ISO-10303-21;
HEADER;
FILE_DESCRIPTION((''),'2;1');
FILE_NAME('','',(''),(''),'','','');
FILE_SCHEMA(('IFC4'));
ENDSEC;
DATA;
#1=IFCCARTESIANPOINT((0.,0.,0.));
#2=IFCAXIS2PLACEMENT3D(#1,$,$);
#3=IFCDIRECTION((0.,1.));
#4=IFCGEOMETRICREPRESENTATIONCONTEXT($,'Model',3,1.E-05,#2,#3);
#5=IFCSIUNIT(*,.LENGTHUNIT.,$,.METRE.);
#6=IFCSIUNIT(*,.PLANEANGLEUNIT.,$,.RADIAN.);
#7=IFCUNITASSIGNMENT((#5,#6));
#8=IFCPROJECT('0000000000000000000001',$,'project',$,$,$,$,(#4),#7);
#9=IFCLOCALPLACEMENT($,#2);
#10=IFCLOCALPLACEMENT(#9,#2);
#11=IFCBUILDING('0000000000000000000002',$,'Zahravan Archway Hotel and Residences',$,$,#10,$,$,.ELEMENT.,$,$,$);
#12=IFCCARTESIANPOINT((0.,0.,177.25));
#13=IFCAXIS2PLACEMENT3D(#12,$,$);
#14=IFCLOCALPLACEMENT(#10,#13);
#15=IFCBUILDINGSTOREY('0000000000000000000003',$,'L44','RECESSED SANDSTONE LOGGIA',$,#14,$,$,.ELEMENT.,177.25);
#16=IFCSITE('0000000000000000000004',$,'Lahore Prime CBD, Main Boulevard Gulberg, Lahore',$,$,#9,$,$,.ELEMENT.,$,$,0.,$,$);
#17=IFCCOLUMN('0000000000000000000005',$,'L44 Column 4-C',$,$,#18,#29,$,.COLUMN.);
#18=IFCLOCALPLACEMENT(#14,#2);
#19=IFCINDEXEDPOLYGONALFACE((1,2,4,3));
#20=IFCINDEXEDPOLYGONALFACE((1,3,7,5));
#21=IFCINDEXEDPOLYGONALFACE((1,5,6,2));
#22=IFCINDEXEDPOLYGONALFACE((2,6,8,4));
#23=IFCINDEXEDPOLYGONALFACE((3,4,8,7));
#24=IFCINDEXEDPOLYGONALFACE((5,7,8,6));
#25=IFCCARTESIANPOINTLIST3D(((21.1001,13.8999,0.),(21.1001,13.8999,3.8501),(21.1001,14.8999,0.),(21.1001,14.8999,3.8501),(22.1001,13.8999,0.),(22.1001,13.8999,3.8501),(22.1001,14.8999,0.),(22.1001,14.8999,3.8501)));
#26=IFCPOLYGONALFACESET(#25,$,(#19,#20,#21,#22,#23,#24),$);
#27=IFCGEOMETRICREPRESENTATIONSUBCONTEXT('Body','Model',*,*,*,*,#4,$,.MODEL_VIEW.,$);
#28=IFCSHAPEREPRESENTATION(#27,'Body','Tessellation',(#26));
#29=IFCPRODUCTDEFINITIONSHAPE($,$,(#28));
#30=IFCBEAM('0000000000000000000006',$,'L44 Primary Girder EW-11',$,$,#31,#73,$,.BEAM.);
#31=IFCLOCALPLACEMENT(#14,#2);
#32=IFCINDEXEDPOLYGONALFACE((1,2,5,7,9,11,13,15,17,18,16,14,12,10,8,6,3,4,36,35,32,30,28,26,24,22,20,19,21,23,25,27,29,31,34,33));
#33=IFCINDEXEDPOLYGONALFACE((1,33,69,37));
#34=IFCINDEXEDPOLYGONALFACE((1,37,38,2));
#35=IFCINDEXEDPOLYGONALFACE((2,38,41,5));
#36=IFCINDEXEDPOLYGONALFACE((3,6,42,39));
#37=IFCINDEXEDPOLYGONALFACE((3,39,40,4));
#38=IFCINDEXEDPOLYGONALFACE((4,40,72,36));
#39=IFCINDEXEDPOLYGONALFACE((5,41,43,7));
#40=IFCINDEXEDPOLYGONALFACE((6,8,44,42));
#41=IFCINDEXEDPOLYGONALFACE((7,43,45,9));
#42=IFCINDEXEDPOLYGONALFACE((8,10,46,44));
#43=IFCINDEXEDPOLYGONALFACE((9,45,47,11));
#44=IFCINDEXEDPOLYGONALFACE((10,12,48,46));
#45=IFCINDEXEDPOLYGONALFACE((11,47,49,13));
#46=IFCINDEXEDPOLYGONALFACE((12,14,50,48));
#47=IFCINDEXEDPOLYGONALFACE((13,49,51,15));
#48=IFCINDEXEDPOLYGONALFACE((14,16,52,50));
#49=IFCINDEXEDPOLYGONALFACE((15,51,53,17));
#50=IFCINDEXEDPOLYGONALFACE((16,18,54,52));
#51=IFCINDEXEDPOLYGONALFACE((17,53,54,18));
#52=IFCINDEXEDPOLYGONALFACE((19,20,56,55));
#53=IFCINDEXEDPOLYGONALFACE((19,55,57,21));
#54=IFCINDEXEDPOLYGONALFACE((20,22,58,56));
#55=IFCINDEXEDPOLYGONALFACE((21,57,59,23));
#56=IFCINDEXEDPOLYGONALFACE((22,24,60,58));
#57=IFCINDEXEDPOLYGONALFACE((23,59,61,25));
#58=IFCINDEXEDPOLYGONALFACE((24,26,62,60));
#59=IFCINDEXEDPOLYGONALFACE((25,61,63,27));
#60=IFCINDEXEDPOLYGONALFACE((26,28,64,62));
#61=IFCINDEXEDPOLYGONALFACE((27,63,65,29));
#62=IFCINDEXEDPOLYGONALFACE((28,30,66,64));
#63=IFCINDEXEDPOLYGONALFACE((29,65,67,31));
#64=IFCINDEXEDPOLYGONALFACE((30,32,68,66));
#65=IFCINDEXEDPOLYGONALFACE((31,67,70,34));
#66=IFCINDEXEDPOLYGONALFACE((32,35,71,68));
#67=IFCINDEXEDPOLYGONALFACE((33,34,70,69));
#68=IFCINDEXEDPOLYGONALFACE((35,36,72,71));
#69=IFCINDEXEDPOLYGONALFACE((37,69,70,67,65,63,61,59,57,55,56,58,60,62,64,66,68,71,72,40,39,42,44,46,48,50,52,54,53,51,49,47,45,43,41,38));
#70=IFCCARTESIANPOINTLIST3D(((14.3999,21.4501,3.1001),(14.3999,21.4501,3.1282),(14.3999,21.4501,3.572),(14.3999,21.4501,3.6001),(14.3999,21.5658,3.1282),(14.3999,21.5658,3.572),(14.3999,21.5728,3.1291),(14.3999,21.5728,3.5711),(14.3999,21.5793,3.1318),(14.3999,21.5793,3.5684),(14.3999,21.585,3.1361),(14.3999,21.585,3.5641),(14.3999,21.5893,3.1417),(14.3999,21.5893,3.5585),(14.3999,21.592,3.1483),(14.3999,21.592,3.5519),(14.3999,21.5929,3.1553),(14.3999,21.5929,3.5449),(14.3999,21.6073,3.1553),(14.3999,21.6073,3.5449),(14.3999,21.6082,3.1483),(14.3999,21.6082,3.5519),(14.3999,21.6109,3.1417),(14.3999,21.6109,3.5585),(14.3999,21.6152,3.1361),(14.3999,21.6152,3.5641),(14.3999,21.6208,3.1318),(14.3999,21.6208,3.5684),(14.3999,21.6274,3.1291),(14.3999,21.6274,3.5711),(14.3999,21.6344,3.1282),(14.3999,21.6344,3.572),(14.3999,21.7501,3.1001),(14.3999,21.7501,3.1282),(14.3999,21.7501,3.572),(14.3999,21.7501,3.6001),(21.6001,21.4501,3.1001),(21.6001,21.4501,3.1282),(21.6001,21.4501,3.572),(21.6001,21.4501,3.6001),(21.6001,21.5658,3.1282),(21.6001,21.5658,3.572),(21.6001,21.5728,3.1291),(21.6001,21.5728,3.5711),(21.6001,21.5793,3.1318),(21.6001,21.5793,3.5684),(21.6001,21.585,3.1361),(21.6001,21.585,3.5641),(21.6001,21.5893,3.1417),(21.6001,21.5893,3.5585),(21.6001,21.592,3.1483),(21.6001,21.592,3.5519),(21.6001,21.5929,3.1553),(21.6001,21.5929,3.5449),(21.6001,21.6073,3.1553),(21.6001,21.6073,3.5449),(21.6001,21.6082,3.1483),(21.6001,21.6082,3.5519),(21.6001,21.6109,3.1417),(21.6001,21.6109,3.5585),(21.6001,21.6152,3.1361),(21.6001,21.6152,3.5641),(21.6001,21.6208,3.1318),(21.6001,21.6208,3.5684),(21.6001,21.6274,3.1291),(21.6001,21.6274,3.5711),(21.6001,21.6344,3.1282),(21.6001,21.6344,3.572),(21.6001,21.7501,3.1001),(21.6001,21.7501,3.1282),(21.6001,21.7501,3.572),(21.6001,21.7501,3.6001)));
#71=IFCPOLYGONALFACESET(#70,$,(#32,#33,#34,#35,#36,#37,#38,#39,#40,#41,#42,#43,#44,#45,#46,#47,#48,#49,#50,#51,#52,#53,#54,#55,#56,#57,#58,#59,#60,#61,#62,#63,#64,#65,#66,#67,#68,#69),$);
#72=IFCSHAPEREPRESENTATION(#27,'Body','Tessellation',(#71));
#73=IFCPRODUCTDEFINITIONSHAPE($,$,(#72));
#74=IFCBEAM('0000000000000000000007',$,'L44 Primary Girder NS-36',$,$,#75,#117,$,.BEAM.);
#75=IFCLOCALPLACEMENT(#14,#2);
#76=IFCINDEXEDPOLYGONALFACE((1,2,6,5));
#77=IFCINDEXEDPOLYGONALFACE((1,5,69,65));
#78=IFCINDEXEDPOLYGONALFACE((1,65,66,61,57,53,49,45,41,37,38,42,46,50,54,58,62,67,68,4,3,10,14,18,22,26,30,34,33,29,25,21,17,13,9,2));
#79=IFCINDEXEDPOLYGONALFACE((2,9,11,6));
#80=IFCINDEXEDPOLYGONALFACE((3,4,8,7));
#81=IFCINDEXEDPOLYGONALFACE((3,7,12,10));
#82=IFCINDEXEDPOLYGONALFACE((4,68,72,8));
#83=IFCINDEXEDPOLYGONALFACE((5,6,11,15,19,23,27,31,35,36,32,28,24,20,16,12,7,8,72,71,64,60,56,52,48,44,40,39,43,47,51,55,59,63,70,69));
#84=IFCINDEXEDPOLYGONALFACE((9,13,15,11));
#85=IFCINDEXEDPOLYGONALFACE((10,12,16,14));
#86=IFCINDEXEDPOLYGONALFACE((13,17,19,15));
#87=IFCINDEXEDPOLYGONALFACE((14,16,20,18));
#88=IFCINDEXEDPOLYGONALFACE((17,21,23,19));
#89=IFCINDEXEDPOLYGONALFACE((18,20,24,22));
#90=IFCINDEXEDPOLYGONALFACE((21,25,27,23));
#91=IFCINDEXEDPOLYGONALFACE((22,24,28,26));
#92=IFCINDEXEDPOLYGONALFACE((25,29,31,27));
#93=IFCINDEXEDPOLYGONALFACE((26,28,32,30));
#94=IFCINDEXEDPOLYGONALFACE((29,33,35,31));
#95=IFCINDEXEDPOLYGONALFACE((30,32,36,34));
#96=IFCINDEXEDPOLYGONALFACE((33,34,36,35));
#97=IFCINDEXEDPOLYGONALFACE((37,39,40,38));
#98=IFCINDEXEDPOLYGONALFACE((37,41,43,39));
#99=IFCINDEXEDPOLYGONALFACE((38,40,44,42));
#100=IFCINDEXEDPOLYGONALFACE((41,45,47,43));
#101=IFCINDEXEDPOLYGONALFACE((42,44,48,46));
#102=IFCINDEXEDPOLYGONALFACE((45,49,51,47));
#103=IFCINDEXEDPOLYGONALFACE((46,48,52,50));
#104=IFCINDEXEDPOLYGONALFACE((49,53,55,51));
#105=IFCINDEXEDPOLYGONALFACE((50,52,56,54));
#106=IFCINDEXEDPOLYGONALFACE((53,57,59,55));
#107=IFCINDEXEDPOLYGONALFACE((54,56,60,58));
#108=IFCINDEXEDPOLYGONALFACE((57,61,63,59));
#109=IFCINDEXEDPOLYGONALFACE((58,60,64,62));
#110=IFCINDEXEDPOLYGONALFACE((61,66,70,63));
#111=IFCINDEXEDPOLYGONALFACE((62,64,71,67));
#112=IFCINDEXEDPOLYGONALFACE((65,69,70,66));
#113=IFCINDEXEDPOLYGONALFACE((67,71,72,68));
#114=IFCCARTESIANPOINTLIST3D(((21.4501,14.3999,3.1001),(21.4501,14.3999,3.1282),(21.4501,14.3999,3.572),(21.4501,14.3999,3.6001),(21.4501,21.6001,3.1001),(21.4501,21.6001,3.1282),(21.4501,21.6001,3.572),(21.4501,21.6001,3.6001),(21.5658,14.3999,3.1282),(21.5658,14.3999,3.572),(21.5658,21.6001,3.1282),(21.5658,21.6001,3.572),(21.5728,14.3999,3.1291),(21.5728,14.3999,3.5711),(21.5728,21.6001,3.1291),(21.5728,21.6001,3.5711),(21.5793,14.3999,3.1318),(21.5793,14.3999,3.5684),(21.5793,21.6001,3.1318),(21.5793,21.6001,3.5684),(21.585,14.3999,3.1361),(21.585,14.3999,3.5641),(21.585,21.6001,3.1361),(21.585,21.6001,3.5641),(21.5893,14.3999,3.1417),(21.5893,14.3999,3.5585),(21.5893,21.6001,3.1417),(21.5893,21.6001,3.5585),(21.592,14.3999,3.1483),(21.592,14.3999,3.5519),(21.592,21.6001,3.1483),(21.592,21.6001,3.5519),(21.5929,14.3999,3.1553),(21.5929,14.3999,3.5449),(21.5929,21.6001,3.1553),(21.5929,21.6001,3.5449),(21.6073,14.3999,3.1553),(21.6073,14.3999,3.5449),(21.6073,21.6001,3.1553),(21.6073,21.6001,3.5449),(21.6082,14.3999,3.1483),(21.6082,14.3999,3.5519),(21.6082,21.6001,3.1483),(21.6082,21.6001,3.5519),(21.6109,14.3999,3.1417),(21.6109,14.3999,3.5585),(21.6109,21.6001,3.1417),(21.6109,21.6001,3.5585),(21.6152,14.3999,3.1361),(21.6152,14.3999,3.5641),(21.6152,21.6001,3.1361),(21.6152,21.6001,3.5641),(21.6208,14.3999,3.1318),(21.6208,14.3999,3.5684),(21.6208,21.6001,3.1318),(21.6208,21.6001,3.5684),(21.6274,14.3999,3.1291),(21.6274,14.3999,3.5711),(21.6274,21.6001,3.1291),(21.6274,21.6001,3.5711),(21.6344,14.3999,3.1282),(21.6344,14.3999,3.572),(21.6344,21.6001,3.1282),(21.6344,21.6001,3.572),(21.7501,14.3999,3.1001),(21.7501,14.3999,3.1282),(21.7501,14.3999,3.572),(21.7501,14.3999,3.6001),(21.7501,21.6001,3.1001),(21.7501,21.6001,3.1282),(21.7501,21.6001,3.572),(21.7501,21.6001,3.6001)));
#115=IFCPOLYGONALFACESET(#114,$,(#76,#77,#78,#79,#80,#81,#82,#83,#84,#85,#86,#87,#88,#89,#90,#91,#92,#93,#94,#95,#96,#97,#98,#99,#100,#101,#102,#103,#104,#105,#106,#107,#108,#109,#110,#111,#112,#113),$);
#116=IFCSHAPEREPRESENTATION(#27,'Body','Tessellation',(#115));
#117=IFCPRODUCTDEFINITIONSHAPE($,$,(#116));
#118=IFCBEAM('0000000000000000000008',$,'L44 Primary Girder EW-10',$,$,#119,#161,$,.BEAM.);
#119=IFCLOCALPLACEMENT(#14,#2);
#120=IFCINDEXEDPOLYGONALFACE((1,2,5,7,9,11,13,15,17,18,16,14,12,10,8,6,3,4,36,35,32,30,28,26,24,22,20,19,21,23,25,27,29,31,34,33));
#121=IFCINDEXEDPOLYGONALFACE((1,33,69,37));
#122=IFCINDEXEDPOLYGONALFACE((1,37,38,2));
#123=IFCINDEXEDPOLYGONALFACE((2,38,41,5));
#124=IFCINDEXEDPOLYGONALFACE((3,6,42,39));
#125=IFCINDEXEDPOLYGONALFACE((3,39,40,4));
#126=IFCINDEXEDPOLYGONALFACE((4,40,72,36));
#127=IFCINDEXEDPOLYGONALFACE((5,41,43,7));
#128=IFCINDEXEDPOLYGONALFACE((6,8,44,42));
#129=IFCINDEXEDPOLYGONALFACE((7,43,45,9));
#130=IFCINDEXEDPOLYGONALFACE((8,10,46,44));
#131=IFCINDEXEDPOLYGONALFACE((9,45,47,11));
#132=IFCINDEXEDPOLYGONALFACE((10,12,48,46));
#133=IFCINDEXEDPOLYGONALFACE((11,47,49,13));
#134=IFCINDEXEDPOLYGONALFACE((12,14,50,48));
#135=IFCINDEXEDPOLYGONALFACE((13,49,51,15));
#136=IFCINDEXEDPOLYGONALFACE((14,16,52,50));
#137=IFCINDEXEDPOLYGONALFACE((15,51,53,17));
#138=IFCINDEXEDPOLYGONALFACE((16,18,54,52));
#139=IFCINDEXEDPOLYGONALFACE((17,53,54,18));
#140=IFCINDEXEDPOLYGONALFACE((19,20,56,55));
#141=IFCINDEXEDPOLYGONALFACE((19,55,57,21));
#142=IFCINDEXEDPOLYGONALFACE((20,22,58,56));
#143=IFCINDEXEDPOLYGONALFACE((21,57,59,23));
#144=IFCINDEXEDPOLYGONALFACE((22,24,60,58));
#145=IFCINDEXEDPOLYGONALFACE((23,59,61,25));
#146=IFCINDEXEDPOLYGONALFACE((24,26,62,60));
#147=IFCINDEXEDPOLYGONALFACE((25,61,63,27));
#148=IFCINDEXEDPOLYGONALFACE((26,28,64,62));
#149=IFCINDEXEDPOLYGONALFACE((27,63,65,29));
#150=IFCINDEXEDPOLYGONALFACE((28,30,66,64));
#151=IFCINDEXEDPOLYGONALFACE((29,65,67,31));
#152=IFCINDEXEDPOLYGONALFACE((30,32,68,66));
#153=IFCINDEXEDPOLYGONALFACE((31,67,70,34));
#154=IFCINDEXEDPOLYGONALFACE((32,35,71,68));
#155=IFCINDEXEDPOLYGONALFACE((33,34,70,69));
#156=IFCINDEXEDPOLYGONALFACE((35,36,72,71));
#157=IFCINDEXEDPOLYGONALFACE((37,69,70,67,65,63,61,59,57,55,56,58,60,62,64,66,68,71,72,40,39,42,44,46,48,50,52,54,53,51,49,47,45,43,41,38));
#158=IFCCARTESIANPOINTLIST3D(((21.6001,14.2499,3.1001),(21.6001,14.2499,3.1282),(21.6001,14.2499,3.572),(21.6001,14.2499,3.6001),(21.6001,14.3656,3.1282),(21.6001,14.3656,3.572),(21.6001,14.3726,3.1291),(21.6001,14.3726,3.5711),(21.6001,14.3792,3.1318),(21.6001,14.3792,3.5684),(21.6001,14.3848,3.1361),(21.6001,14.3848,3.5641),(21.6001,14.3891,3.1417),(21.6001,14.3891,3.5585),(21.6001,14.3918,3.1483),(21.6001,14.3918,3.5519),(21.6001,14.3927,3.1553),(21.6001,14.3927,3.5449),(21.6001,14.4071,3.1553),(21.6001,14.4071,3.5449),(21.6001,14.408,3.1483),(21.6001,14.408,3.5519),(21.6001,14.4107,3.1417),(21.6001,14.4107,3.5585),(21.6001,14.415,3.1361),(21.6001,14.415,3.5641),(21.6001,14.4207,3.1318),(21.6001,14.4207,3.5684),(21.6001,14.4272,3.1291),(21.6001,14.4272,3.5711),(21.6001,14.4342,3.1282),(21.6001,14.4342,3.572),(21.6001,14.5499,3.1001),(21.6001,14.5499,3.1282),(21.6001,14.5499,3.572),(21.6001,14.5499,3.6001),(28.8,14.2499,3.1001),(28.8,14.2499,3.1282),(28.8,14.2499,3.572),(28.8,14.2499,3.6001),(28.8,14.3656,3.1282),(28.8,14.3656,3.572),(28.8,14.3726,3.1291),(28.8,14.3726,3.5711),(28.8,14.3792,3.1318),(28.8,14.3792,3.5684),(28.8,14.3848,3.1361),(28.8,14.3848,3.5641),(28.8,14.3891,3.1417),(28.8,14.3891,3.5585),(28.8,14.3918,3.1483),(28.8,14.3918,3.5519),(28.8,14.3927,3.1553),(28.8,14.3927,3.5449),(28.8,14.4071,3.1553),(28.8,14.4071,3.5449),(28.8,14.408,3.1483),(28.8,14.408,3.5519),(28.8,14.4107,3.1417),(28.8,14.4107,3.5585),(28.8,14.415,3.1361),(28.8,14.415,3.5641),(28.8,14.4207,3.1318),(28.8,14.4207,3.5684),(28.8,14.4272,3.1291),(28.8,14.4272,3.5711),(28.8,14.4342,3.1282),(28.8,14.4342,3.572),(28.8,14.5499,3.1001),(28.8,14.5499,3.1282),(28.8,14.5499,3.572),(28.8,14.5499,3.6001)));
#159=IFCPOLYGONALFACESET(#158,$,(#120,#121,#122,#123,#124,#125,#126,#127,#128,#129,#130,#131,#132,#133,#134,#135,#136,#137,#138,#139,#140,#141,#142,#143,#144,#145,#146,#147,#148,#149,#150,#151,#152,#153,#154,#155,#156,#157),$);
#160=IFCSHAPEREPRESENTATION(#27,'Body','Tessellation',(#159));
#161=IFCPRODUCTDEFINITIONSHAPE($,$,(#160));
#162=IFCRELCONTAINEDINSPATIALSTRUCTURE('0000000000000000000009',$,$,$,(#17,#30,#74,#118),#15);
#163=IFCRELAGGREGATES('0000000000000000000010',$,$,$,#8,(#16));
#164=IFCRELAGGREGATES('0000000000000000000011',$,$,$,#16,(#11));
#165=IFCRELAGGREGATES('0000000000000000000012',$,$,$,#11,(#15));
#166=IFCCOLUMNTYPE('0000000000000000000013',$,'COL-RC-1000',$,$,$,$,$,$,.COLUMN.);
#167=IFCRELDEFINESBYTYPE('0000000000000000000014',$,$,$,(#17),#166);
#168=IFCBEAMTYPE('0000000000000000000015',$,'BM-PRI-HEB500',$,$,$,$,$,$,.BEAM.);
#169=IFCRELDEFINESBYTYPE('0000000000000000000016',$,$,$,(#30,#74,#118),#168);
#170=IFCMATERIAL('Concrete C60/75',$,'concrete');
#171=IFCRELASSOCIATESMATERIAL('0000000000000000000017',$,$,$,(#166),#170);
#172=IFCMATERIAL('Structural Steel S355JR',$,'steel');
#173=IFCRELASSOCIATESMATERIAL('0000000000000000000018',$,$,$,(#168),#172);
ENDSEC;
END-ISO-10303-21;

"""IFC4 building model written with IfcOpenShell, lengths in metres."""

from ifc_helpers import new_model, si_unit, direction, frame, origin, origin_2d, place, context, subcontext, project, spatial, rectangle, i_section, extrude, source, transform, mapped, material, material_profile, profile_set, type_object, type_shapes, element, save


model = new_model("IFC4")

# Units and contexts
model_context = context("Model", 3, precision=1e-05, world=origin(), true_north=direction((0.0, 1.0)))
body_context = subcontext(model_context, "Body", "Model", "MODEL_VIEW")
ifc_project = project(units=[si_unit("LENGTHUNIT", "METRE"), si_unit("PLANEANGLEUNIT", "RADIAN")], contexts=[model_context])

# Site, building, storey
site_placement = place(None, origin())
site = spatial("IfcSite", under=ifc_project, at=site_placement, Name="Lahore Prime CBD, Main Boulevard Gulberg, Lahore", CompositionType="ELEMENT", RefElevation=0.0)
building_placement = place(site_placement, origin())
building = spatial("IfcBuilding", under=site, at=building_placement, Name="Zahravan Archway Hotel and Residences", CompositionType="ELEMENT")
storey_placement = place(building_placement, frame((0.0, 0.0, 177.25)))
storey = spatial("IfcBuildingStorey", under=building, at=storey_placement, Name="L44", Description="RECESSED SANDSTONE LOGGIA", CompositionType="ELEMENT", Elevation=177.25)

# Column
ifc_material_1 = material(Name="Concrete C60/75", Category="concrete")
ifc_material_profile_1 = material_profile(ifc_material_1, rectangle(XDim=1.0, YDim=1.0, at=origin_2d()), Name="RC-COL-1000x1000", Category="concrete")
ifc_profile_set_1 = profile_set([ifc_material_profile_1], Name="Concrete C60/75")
column_type = type_object("IfcColumnType", Name="COL-RC-1000", PredefinedType="COLUMN", material=ifc_profile_set_1)
shared_shape_1 = source(origin(), body_context, "Body", "SweptSolid", [
    extrude(rectangle(XDim=1.0, YDim=1.0, at=origin_2d()), origin(), (0.0, 0.0, 1.0), 3.8501),
])
column_placement = place(storey_placement, frame((21.6001, 14.3999, 0.0), z_axis=(0.0, 0.0, 1.0), x_axis=(1.0, 0.0, 0.0)))
element("IfcColumn", 1, at=column_placement, inside=storey, type_object=column_type, Name="L44 Column 4-C", PredefinedType="COLUMN", context=body_context, shape_type="MappedRepresentation", body=[
    mapped(shared_shape_1, transform((0.0, 0.0, 0.0), scale=1.0)),
])

# Beams
ifc_material_2 = material(Name="Structural Steel S355JR", Category="steel")
ifc_material_profile_2 = material_profile(ifc_material_2, i_section(OverallWidth=0.3, OverallDepth=0.5, WebThickness=0.0144, FlangeThickness=0.0281, FilletRadius=0.0271, at=origin_2d()), Name="HEB 500", Category="steel")
ifc_profile_set_2 = profile_set([ifc_material_profile_2], Name="Structural Steel S355JR")
beam_type_1 = type_object("IfcBeamType", Name="BM-PRI-HEB500", PredefinedType="BEAM", material=ifc_profile_set_2)
shared_shape_2 = source(origin(), body_context, "Body", "SweptSolid", [
    extrude(i_section(OverallWidth=0.3, OverallDepth=0.5, WebThickness=0.0144, FlangeThickness=0.0281, FilletRadius=0.0271, at=origin_2d()), origin(), (0.0, 0.0, 1.0), 7.2002),
])
type_shapes(beam_type_1, [shared_shape_2])
for number, where, z_axis, x_axis, name in (
    (2, (14.3999, 21.6001, 3.3501), (1.0, 0.0, 0.0), (0.0, 1.0, 0.0), "L44 Primary Girder EW-11"),
    (3, (21.6001, 14.3999, 3.3501), (0.0, 1.0, 0.0), (-1.0, 0.0, 0.0), "L44 Primary Girder NS-36"),
):
    element("IfcBeam", number, at=place(storey_placement, frame(where, z_axis=z_axis, x_axis=x_axis)), inside=storey, type_object=beam_type_1, Name=name, PredefinedType="BEAM", context=body_context, shape_type="MappedRepresentation", body=[
        mapped(shared_shape_2, transform((0.0, 0.0, 0.0), scale=1.0)),
    ])
shared_shape_3 = source(origin(), body_context, "Body", "SweptSolid", [
    extrude(i_section(OverallWidth=0.3, OverallDepth=0.5, WebThickness=0.0144, FlangeThickness=0.0281, FilletRadius=0.0271, at=origin_2d()), origin(), (0.0, 0.0, 1.0), 7.2),
])
beam_1_placement = place(storey_placement, frame((21.6001, 14.3999, 3.3501), z_axis=(1.0, 0.0, 0.0), x_axis=(0.0, 1.0, 0.0)))
element("IfcBeam", 4, at=beam_1_placement, inside=storey, type_object=beam_type_1, Name="L44 Primary Girder EW-10", PredefinedType="BEAM", context=body_context, shape_type="MappedRepresentation", body=[
    mapped(shared_shape_3, transform((0.0, 0.0, 0.0), scale=1.0)),
])

save(model, "model.ifc")
